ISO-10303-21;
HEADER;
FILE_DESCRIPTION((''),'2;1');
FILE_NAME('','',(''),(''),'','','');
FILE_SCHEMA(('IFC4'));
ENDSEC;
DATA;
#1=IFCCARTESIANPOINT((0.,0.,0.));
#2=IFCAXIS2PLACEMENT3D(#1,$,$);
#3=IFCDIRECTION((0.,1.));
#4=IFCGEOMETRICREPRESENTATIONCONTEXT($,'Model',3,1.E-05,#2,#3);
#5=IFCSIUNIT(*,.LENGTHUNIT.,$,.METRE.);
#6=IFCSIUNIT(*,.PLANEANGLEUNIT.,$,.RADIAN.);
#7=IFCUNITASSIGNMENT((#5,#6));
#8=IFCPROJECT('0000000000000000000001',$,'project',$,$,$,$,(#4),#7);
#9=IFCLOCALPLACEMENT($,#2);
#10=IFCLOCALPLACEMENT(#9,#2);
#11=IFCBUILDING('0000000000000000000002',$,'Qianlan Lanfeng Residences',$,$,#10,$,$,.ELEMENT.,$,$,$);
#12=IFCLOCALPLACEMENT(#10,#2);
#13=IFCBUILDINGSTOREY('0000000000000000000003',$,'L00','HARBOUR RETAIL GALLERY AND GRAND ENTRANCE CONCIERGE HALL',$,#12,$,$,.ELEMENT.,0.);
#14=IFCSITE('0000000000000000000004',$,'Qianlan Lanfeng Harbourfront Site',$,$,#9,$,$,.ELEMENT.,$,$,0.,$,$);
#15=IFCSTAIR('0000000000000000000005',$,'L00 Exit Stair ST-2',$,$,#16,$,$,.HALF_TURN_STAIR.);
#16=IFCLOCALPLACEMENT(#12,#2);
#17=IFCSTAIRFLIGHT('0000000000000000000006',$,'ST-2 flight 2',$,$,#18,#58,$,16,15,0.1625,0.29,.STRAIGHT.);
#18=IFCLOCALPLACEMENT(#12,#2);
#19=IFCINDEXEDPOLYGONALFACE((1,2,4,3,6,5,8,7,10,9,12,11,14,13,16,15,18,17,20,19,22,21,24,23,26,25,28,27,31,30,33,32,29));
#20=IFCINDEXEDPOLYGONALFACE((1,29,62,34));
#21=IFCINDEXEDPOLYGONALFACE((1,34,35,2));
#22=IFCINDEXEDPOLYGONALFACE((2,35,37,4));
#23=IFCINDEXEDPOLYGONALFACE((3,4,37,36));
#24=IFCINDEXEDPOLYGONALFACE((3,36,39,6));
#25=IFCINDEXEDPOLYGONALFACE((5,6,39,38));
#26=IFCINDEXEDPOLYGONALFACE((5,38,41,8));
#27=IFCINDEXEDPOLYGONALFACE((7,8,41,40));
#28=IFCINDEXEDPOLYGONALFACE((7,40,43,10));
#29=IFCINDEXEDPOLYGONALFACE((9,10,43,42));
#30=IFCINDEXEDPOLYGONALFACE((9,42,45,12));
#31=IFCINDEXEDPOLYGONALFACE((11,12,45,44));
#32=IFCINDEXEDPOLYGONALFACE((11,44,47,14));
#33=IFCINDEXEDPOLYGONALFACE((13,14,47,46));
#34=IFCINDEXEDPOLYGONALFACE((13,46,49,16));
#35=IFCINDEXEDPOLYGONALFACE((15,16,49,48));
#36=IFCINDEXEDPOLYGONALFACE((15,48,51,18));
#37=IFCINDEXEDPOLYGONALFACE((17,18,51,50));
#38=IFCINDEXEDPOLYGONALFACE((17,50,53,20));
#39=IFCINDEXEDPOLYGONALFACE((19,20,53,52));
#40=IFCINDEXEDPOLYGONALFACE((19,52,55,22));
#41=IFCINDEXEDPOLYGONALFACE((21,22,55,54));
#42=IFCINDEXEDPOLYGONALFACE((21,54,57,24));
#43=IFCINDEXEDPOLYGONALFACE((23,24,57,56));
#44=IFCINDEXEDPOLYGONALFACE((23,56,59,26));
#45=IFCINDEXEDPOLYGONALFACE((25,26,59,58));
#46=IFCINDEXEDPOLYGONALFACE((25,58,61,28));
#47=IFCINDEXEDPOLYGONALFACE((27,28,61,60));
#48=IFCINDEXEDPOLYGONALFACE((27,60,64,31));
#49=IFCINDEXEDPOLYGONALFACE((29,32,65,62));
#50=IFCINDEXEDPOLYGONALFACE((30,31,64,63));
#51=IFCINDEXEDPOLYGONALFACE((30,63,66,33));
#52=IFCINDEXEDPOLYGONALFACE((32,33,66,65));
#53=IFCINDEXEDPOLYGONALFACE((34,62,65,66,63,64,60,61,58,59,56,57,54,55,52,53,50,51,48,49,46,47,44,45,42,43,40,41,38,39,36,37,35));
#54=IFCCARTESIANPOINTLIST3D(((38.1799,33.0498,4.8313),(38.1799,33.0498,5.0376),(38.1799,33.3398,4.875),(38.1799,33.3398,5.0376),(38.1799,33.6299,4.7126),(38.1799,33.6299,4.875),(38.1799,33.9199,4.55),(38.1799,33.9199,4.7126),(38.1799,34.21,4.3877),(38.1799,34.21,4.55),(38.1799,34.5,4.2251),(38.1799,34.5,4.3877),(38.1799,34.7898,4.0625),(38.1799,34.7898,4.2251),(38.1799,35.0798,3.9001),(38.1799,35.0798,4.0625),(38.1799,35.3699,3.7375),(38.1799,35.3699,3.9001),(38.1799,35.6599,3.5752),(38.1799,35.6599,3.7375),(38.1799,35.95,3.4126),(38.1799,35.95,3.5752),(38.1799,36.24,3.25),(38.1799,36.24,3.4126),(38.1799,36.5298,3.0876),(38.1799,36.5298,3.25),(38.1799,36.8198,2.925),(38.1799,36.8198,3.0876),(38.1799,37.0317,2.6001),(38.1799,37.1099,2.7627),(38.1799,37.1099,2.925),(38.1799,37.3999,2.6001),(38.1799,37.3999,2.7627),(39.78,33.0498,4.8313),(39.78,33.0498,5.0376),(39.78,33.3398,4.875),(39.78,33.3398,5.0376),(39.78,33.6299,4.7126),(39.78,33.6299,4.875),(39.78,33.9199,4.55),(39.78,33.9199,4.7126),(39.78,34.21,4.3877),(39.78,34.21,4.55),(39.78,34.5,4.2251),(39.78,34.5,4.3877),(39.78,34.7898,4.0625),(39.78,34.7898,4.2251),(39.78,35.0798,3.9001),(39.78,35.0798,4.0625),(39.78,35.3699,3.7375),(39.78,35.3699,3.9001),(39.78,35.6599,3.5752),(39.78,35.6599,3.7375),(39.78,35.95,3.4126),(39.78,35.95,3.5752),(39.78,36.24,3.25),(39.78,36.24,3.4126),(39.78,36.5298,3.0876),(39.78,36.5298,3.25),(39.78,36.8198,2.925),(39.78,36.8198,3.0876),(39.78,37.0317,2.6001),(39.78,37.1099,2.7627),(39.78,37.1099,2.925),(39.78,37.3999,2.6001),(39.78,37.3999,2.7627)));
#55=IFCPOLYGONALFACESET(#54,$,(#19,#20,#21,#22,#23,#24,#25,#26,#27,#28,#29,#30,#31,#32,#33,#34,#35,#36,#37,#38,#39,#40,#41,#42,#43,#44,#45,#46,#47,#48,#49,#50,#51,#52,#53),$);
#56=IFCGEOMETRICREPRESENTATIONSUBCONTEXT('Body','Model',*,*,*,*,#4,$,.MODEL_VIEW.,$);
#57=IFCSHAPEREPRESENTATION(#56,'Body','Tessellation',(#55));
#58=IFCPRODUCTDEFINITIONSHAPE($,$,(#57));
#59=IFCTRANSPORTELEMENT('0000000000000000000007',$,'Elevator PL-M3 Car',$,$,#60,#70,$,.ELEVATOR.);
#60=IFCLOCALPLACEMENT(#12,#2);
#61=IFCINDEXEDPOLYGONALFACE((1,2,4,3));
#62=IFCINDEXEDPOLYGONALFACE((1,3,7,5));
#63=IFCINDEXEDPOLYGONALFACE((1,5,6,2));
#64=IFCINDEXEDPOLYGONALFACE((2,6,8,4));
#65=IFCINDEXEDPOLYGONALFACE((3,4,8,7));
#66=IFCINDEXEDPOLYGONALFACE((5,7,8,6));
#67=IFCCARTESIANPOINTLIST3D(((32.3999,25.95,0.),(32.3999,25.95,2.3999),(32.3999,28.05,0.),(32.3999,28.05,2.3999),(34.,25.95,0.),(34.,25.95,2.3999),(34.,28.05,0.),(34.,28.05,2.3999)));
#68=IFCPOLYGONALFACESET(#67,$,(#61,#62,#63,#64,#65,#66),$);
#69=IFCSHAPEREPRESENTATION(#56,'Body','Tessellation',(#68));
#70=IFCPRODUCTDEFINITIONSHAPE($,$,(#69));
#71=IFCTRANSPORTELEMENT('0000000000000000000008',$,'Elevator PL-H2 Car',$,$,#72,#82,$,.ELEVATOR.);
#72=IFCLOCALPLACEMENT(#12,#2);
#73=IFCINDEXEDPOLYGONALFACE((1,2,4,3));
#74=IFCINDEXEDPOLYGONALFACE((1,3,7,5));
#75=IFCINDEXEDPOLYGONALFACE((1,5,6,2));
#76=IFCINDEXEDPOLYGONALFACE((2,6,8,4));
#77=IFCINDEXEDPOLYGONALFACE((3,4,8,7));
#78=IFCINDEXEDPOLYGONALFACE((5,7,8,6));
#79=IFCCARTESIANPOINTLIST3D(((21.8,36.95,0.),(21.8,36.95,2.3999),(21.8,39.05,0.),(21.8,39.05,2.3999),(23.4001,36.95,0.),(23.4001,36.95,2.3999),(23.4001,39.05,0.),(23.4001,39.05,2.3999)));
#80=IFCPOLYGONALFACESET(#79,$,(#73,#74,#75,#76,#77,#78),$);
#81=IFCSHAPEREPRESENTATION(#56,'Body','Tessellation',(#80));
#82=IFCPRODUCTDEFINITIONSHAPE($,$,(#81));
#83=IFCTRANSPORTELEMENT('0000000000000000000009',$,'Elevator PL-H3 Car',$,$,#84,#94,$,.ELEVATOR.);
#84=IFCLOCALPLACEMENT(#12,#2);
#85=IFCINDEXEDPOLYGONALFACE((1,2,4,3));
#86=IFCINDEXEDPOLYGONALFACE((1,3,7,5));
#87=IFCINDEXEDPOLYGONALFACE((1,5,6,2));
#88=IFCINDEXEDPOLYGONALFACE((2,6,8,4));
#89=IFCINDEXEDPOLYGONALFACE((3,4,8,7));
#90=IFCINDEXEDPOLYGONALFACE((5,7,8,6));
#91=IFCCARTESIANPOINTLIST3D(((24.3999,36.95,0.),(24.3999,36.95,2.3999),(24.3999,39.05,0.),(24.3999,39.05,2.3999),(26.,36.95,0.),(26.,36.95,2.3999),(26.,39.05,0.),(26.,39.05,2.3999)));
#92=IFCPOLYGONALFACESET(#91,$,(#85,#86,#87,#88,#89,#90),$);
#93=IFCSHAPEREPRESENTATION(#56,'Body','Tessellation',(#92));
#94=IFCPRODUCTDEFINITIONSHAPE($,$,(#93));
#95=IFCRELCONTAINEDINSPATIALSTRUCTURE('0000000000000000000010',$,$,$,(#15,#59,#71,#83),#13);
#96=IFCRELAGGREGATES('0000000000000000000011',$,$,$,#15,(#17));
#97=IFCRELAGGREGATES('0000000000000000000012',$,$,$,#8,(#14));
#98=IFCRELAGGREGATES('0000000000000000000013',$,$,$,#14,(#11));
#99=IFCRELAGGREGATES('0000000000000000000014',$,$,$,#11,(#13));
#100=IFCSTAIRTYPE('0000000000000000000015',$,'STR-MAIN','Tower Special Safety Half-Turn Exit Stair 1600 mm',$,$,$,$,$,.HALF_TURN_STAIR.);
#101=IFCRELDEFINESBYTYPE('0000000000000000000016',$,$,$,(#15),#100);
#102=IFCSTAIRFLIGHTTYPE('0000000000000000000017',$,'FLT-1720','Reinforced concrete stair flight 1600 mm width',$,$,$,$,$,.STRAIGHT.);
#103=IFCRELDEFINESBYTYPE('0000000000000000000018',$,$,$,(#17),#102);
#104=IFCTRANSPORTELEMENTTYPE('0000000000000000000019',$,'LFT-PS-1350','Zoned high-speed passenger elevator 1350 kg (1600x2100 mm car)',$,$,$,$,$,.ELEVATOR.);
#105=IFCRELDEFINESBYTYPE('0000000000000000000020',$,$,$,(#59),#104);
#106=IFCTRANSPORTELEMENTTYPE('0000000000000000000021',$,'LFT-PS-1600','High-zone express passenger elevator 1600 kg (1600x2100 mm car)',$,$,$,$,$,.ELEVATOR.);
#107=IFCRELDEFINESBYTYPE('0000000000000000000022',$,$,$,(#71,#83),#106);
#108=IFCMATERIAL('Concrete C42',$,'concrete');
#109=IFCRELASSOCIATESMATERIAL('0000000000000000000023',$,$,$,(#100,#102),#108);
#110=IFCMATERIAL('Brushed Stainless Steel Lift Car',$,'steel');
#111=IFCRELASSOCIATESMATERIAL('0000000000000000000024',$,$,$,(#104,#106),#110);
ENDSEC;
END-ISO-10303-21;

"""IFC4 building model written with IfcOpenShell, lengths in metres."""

from ifc_helpers import new_model, si_unit, direction, frame, origin, origin_2d, place, context, subcontext, project, spatial, polyline, rectangle, outline, extrude, source, transform, mapped, material, type_object, element, aggregate, save


model = new_model("IFC4")

# Units and contexts
model_context = context("Model", 3, precision=1e-05, world=origin(), true_north=direction((0.0, 1.0)))
body_context = subcontext(model_context, "Body", "Model", "MODEL_VIEW")
ifc_project = project(units=[si_unit("LENGTHUNIT", "METRE"), si_unit("PLANEANGLEUNIT", "RADIAN")], contexts=[model_context])

# Site, building, storey
site_placement = place(None, origin())
site = spatial("IfcSite", under=ifc_project, at=site_placement, Name="Qianlan Lanfeng Harbourfront Site", CompositionType="ELEMENT", RefElevation=0.0)
building_placement = place(site_placement, origin())
building = spatial("IfcBuilding", under=site, at=building_placement, Name="Qianlan Lanfeng Residences", CompositionType="ELEMENT")
storey_placement = place(building_placement, origin())
storey = spatial("IfcBuildingStorey", under=building, at=storey_placement, Name="L00", Description="HARBOUR RETAIL GALLERY AND GRAND ENTRANCE CONCIERGE HALL", CompositionType="ELEMENT", Elevation=0.0)

# Shared definitions
ifc_material_1 = material(Name="Concrete C42", Category="concrete")

# Stair, stair flight
stair_type = type_object("IfcStairType", Name="STR-MAIN", Description="Tower Special Safety Half-Turn Exit Stair 1600 mm", PredefinedType="HALF_TURN_STAIR", material=ifc_material_1)
stair_placement = place(storey_placement, origin())
stair = element("IfcStair", 1, at=stair_placement, inside=storey, type_object=stair_type, Name="L00 Exit Stair ST-2", PredefinedType="HALF_TURN_STAIR")
stair_flight_type = type_object("IfcStairFlightType", Name="FLT-1720", Description="Reinforced concrete stair flight 1600 mm width", PredefinedType="STRAIGHT", material=ifc_material_1)
stair_flight_placement = place(storey_placement, frame((38.98, 37.3999, 2.6001), z_axis=(0.0, 0.0, 1.0), x_axis=(0.0, -1.0, 0.0)))
stair_flight = element("IfcStairFlight", 2, at=stair_flight_placement, type_object=stair_flight_type, Name="ST-2 flight 2", NumberOfRisers=16, NumberOfTreads=15, PredefinedType="STRAIGHT", RiserHeight=0.1625, TreadLength=0.29, context=body_context, shape_type="SweptSolid", body=[
    extrude(outline(polyline([(0.0, 0.0), (0.0, 0.1626), (0.29, 0.1626), (0.29, 0.325), (0.5801, 0.325), (0.5801, 0.4875), (0.8701, 0.4875), (0.8701, 0.6499), (1.1599, 0.6499), (1.1599, 0.8125), (1.45, 0.8125), (1.45, 0.9751), (1.74, 0.9751), (1.74, 1.1375), (2.03, 1.1375), (2.03, 1.3), (2.3201, 1.3), (2.3201, 1.4624), (2.6101, 1.4624), (2.6101, 1.625), (2.8999, 1.625), (2.8999, 1.7876), (3.1899, 1.7876), (3.1899, 1.95), (3.48, 1.95), (3.48, 2.1125), (3.77, 2.1125), (3.77, 2.2749), (4.0601, 2.2749), (4.0601, 2.4375), (4.3501, 2.4375), (4.3501, 2.6001), (4.3501, 2.2312), (0.3682, 0.0), (0.0, 0.0)])), frame((0.0, 0.8, 0.0), z_axis=(0.0, -1.0, 0.0), x_axis=(1.0, 0.0, 0.0)), (0.0, 0.0, 1.0), 1.6001),
])
aggregate(stair, [stair_flight])

# Transport elements
ifc_material_2 = material(Name="Brushed Stainless Steel Lift Car", Category="steel")
transport_element_type_1 = type_object("IfcTransportElementType", Name="LFT-PS-1350", Description="Zoned high-speed passenger elevator 1350 kg (1600x2100 mm car)", PredefinedType="ELEVATOR", material=ifc_material_2)
shared_shape = source(origin(), body_context, "Body", "SweptSolid", [
    extrude(rectangle(XDim=1.6001, YDim=2.1001, at=origin_2d()), origin(), (0.0, 0.0, 1.0), 2.3999),
])
transport_element_placement = place(storey_placement, frame((33.2, 27.0, 0.0), z_axis=(0.0, 0.0, 1.0), x_axis=(1.0, 0.0, 0.0)))
element("IfcTransportElement", 3, at=transport_element_placement, inside=storey, type_object=transport_element_type_1, Name="Elevator PL-M3 Car", PredefinedType="ELEVATOR", context=body_context, shape_type="MappedRepresentation", body=[
    mapped(shared_shape, transform((0.0, 0.0, 0.0), scale=1.0)),
])
transport_element_type_2 = type_object("IfcTransportElementType", Name="LFT-PS-1600", Description="High-zone express passenger elevator 1600 kg (1600x2100 mm car)", PredefinedType="ELEVATOR", material=ifc_material_2)
for number, where, z_axis, x_axis, name in (
    (4, (22.6001, 38.0, 0.0), (0.0, 0.0, 1.0), (1.0, 0.0, 0.0), "Elevator PL-H2 Car"),
    (5, (25.2, 38.0, 0.0), (0.0, 0.0, 1.0), (1.0, 0.0, 0.0), "Elevator PL-H3 Car"),
):
    element("IfcTransportElement", number, at=place(storey_placement, frame(where, z_axis=z_axis, x_axis=x_axis)), inside=storey, type_object=transport_element_type_2, Name=name, PredefinedType="ELEVATOR", context=body_context, shape_type="MappedRepresentation", body=[
        mapped(shared_shape, transform((0.0, 0.0, 0.0), scale=1.0)),
    ])

save(model, "model.ifc")
